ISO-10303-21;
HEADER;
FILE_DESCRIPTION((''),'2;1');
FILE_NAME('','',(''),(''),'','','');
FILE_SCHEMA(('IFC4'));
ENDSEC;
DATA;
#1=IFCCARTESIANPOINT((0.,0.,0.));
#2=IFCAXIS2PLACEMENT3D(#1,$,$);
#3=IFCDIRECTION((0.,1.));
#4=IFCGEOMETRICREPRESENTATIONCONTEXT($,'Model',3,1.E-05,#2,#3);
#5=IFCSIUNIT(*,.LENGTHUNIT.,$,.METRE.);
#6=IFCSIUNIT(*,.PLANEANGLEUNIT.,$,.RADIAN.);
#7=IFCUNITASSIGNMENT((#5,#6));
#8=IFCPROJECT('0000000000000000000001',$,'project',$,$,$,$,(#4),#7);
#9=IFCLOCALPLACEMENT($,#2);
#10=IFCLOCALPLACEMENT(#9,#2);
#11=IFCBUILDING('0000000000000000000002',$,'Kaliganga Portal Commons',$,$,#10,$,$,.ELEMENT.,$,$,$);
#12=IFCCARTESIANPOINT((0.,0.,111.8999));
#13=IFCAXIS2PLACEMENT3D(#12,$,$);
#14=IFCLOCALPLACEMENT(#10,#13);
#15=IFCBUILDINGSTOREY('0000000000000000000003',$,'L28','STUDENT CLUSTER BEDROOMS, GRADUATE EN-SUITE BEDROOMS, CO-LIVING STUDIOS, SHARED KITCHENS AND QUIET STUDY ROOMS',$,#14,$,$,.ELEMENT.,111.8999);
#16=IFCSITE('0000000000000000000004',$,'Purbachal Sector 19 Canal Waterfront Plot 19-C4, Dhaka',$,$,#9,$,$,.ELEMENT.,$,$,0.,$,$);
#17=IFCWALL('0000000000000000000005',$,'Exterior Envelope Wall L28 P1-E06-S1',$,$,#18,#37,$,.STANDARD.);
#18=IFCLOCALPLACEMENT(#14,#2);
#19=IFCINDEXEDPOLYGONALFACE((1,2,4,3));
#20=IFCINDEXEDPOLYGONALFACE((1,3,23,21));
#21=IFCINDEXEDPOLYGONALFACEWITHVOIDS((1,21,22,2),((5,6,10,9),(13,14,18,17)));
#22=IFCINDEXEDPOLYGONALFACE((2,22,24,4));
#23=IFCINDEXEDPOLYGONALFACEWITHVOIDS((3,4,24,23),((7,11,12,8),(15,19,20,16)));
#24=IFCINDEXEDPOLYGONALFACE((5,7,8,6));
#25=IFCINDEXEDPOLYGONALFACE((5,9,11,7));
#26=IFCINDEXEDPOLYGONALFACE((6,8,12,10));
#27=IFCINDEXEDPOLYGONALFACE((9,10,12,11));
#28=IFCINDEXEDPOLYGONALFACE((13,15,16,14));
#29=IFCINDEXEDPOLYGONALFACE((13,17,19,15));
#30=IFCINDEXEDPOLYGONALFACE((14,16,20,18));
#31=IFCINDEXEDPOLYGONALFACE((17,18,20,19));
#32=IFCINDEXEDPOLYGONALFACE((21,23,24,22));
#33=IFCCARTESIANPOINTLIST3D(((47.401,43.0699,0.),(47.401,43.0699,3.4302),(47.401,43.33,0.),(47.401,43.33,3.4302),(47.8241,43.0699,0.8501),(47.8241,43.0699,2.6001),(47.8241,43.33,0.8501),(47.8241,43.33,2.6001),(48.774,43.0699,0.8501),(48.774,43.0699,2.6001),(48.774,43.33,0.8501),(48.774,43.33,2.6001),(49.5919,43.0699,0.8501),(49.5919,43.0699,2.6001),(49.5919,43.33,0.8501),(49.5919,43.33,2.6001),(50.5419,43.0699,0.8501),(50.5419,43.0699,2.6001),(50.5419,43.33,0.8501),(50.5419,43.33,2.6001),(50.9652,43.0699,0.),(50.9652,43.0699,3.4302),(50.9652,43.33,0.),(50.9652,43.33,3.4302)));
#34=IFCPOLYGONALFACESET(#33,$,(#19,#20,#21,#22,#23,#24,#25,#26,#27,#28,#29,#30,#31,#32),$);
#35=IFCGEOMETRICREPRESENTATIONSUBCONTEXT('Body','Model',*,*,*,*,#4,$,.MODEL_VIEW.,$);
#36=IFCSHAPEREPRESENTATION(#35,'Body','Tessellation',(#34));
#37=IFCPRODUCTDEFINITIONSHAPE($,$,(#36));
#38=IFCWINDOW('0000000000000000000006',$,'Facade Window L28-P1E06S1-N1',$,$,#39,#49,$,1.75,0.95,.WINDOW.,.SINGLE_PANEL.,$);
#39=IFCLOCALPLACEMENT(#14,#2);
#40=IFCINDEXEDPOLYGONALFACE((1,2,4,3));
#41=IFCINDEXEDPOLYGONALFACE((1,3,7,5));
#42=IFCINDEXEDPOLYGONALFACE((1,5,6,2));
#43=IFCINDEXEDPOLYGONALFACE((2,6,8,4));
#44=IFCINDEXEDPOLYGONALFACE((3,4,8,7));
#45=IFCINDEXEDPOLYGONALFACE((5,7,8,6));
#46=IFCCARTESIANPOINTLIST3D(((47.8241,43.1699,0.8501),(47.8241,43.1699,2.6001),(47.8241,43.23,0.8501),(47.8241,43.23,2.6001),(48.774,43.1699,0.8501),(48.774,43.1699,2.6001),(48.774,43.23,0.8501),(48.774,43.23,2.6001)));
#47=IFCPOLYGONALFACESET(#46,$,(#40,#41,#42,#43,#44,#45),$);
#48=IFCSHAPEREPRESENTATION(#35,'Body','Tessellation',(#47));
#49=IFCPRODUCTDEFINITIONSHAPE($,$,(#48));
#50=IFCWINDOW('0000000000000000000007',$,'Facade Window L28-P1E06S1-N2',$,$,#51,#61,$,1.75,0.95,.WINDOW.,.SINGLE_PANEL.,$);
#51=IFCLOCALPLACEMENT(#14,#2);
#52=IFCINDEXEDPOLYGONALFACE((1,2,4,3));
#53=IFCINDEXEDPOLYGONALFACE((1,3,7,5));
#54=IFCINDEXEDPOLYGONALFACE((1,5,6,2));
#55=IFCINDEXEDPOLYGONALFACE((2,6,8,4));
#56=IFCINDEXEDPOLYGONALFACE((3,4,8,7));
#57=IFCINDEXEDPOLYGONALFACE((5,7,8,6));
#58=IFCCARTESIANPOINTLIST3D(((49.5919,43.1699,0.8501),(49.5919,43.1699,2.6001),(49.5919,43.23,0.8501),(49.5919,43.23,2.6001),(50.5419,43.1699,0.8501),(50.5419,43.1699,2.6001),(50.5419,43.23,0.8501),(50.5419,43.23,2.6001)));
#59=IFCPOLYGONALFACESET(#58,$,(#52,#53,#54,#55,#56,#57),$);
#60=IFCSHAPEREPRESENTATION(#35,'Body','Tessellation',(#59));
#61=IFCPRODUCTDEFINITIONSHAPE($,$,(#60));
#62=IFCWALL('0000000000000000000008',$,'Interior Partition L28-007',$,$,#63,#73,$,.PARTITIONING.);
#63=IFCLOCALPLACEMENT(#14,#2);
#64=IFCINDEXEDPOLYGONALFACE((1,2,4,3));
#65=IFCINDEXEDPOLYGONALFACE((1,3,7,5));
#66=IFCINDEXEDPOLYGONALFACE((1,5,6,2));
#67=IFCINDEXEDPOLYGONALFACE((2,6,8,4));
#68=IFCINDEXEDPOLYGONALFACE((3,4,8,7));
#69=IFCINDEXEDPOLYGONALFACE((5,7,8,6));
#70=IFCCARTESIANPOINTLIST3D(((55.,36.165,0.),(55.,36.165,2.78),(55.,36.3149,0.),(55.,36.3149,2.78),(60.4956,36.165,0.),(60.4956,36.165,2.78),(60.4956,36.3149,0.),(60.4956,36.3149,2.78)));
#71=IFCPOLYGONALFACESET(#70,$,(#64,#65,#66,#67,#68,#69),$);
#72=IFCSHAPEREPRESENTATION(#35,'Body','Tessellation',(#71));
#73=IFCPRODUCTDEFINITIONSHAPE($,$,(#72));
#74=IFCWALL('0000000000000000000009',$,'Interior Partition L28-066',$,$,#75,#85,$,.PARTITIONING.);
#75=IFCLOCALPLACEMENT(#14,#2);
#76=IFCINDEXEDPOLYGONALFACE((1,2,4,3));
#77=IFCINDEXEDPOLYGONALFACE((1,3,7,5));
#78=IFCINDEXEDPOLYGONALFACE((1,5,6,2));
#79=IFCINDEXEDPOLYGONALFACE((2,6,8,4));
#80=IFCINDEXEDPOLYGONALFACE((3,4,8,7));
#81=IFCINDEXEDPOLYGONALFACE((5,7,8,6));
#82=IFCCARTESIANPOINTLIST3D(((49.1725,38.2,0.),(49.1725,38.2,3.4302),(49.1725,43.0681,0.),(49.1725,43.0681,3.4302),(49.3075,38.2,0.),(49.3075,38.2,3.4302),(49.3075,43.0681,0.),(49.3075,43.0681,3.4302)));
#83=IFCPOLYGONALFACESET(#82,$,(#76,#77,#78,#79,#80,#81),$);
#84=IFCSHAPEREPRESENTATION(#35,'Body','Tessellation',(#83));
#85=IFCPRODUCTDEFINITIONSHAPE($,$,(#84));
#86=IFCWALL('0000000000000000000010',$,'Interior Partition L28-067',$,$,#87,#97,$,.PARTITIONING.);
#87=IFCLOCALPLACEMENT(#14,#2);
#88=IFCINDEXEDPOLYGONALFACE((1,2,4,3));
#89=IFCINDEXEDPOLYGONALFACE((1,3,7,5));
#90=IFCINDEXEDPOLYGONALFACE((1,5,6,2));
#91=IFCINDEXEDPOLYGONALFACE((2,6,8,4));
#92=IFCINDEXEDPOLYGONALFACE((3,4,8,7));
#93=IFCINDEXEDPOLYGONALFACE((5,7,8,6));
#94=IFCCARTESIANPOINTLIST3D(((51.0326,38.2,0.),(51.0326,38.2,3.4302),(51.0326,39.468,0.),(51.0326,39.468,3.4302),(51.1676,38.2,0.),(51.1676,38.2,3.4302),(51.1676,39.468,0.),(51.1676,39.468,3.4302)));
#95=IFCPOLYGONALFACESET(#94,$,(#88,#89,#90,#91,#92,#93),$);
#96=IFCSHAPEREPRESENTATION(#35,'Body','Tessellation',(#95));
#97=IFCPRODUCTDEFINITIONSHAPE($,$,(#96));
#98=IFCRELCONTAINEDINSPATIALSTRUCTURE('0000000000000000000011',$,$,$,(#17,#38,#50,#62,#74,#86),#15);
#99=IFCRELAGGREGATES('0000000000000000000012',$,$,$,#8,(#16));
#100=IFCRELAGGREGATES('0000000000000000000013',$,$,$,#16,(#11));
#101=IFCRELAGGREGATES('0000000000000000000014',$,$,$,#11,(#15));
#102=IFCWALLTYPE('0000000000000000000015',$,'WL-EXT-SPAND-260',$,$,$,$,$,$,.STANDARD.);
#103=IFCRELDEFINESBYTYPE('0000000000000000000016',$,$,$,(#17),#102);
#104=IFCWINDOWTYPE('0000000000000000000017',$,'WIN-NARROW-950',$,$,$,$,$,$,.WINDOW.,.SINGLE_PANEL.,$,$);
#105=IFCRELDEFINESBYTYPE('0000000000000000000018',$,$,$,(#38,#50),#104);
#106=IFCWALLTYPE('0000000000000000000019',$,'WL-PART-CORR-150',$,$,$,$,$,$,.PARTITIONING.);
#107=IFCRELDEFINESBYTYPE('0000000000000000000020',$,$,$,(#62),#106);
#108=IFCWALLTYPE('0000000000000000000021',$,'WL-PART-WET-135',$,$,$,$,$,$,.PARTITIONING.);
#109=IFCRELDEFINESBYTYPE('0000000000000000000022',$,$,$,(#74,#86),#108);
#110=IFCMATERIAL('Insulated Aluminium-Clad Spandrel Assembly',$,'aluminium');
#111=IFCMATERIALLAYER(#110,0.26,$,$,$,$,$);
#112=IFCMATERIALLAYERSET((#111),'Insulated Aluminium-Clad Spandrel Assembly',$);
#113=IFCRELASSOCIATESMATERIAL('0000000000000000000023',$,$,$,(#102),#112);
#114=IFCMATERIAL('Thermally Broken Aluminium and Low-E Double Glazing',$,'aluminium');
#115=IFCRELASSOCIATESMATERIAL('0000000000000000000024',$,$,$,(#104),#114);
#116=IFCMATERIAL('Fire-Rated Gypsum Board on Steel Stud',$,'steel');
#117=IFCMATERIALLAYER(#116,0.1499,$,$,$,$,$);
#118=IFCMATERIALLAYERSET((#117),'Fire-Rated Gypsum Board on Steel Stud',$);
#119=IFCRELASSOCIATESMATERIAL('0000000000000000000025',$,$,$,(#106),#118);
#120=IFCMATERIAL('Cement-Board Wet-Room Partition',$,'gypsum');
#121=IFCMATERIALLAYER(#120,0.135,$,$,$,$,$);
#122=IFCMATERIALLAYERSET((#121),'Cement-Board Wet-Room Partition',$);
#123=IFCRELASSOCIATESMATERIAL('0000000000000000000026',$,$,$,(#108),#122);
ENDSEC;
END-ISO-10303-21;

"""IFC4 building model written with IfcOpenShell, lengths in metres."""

from ifc_helpers import new_model, si_unit, direction, frame, frame_2d, origin, place, context, subcontext, project, spatial, rectangle, extrude, material, layer, layer_set, type_object, element, fill, save


model = new_model("IFC4")

# Units and contexts
model_context = context("Model", 3, precision=1e-05, world=origin(), true_north=direction((0.0, 1.0)))
body_context = subcontext(model_context, "Body", "Model", "MODEL_VIEW")
ifc_project = project(units=[si_unit("LENGTHUNIT", "METRE"), si_unit("PLANEANGLEUNIT", "RADIAN")], contexts=[model_context])

# Site, building, storey
site_placement = place(None, origin())
site = spatial("IfcSite", under=ifc_project, at=site_placement, Name="Purbachal Sector 19 Canal Waterfront Plot 19-C4, Dhaka", CompositionType="ELEMENT", RefElevation=0.0)
building_placement = place(site_placement, origin())
building = spatial("IfcBuilding", under=site, at=building_placement, Name="Kaliganga Portal Commons", CompositionType="ELEMENT")
storey_placement = place(building_placement, frame((0.0, 0.0, 111.8999)))
storey = spatial("IfcBuildingStorey", under=building, at=storey_placement, Name="L28", Description="STUDENT CLUSTER BEDROOMS, GRADUATE EN-SUITE BEDROOMS, CO-LIVING STUDIOS, SHARED KITCHENS AND QUIET STUDY ROOMS", CompositionType="ELEMENT", Elevation=111.8999)

# Shared definitions
ifc_material_1 = material(Name="Insulated Aluminium-Clad Spandrel Assembly", Category="aluminium")
ifc_layer_1 = layer(ifc_material_1, 0.26)
ifc_layer_set_1 = layer_set([ifc_layer_1], Name="Insulated Aluminium-Clad Spandrel Assembly")
wall_type_1 = type_object("IfcWallType", Name="WL-EXT-SPAND-260", PredefinedType="STANDARD", material=ifc_layer_set_1)
ifc_material_2 = material(Name="Thermally Broken Aluminium and Low-E Double Glazing", Category="aluminium")
window_type_1 = type_object("IfcWindowType", Name="WIN-NARROW-950", PartitioningType="SINGLE_PANEL", PredefinedType="WINDOW", material=ifc_material_2)

# Wall, openings, windows
wall_1_placement = place(storey_placement, frame((47.4009, 43.2, 0.0), z_axis=(0.0, 0.0, 1.0), x_axis=(1.0, 0.0, 0.0)))
wall_1 = element("IfcWall", 1, at=wall_1_placement, inside=storey, type_object=wall_type_1, Name="Exterior Envelope Wall L28 P1-E06-S1", PredefinedType="STANDARD", context=body_context, shape_type="SweptSolid", body=[
    extrude(rectangle(XDim=3.5642, YDim=0.26, at=frame_2d((1.7822, 0.0))), origin(), (0.0, 0.0, 1.0), 3.4302),
])
opening_1_placement = place(wall_1_placement, frame((0.4231, 0.0, 0.8501)))
opening_1 = element("IfcOpeningElement", 2, at=opening_1_placement, cuts=wall_1, PredefinedType="OPENING", context=body_context, shape_type="SweptSolid", body=[
    extrude(rectangle(XDim=0.95, YDim=1.75, at=frame_2d((0.4751, 0.875))), frame((0.0, 0.1401, 0.0), z_axis=(0.0, -1.0, 0.0), x_axis=(1.0, 0.0, 0.0)), (0.0, 0.0, 1.0), 0.28),
])
opening_2_placement = place(wall_1_placement, frame((2.1909, 0.0, 0.8501)))
opening_2 = element("IfcOpeningElement", 3, at=opening_2_placement, cuts=wall_1, PredefinedType="OPENING", context=body_context, shape_type="SweptSolid", body=[
    extrude(rectangle(XDim=0.95, YDim=1.75, at=frame_2d((0.4751, 0.875))), frame((0.0, 0.1401, 0.0), z_axis=(0.0, -1.0, 0.0), x_axis=(1.0, 0.0, 0.0)), (0.0, 0.0, 1.0), 0.28),
])
window_1_placement = place(opening_1_placement, origin())
window_1 = element("IfcWindow", 4, at=window_1_placement, inside=storey, type_object=window_type_1, Name="Facade Window L28-P1E06S1-N1", OverallHeight=1.75, OverallWidth=0.95, PartitioningType="SINGLE_PANEL", PredefinedType="WINDOW", context=body_context, shape_type="SweptSolid", body=[
    extrude(rectangle(XDim=0.95, YDim=1.75, at=frame_2d((0.4751, 0.875))), frame((0.0, 0.03, 0.0), z_axis=(0.0, -1.0, 0.0), x_axis=(1.0, 0.0, 0.0)), (0.0, 0.0, 1.0), 0.0601),
])
fill(opening_1, window_1)
window_2_placement = place(opening_2_placement, origin())
window_2 = element("IfcWindow", 5, at=window_2_placement, inside=storey, type_object=window_type_1, Name="Facade Window L28-P1E06S1-N2", OverallHeight=1.75, OverallWidth=0.95, PartitioningType="SINGLE_PANEL", PredefinedType="WINDOW", context=body_context, shape_type="SweptSolid", body=[
    extrude(rectangle(XDim=0.95, YDim=1.75, at=frame_2d((0.4751, 0.875))), frame((0.0, 0.03, 0.0), z_axis=(0.0, -1.0, 0.0), x_axis=(1.0, 0.0, 0.0)), (0.0, 0.0, 1.0), 0.0601),
])
fill(opening_2, window_2)

# Wall
ifc_material_3 = material(Name="Fire-Rated Gypsum Board on Steel Stud", Category="steel")
ifc_layer_2 = layer(ifc_material_3, 0.1499)
ifc_layer_set_2 = layer_set([ifc_layer_2], Name="Fire-Rated Gypsum Board on Steel Stud")
wall_type_2 = type_object("IfcWallType", Name="WL-PART-CORR-150", PredefinedType="PARTITIONING", material=ifc_layer_set_2)
wall_2_placement = place(storey_placement, frame((55.0, 36.24, 0.0), z_axis=(0.0, 0.0, 1.0), x_axis=(1.0, 0.0, 0.0)))
element("IfcWall", 6, at=wall_2_placement, inside=storey, type_object=wall_type_2, Name="Interior Partition L28-007", PredefinedType="PARTITIONING", context=body_context, shape_type="SweptSolid", body=[
    extrude(rectangle(XDim=5.4956, YDim=0.1499, at=frame_2d((2.7478, 0.0))), origin(), (0.0, 0.0, 1.0), 2.78),
])

# Walls
ifc_material_4 = material(Name="Cement-Board Wet-Room Partition", Category="gypsum")
ifc_layer_3 = layer(ifc_material_4, 0.135)
ifc_layer_set_3 = layer_set([ifc_layer_3], Name="Cement-Board Wet-Room Partition")
wall_type_3 = type_object("IfcWallType", Name="WL-PART-WET-135", PredefinedType="PARTITIONING", material=ifc_layer_set_3)
wall_3_placement = place(storey_placement, frame((49.24, 38.2, 0.0), z_axis=(0.0, 0.0, 1.0), x_axis=(0.0, 1.0, 0.0)))
element("IfcWall", 7, at=wall_3_placement, inside=storey, type_object=wall_type_3, Name="Interior Partition L28-066", PredefinedType="PARTITIONING", context=body_context, shape_type="SweptSolid", body=[
    extrude(rectangle(XDim=4.8682, YDim=0.135, at=frame_2d((2.4341, 0.0))), origin(), (0.0, 0.0, 1.0), 3.4302),
])
wall_4_placement = place(storey_placement, frame((51.1001, 38.2, 0.0), z_axis=(0.0, 0.0, 1.0), x_axis=(0.0, 1.0, 0.0)))
element("IfcWall", 8, at=wall_4_placement, inside=storey, type_object=wall_type_3, Name="Interior Partition L28-067", PredefinedType="PARTITIONING", context=body_context, shape_type="SweptSolid", body=[
    extrude(rectangle(XDim=1.2681, YDim=0.135, at=frame_2d((0.634, 0.0))), origin(), (0.0, 0.0, 1.0), 3.4302),
])

save(model, "model.ifc")
